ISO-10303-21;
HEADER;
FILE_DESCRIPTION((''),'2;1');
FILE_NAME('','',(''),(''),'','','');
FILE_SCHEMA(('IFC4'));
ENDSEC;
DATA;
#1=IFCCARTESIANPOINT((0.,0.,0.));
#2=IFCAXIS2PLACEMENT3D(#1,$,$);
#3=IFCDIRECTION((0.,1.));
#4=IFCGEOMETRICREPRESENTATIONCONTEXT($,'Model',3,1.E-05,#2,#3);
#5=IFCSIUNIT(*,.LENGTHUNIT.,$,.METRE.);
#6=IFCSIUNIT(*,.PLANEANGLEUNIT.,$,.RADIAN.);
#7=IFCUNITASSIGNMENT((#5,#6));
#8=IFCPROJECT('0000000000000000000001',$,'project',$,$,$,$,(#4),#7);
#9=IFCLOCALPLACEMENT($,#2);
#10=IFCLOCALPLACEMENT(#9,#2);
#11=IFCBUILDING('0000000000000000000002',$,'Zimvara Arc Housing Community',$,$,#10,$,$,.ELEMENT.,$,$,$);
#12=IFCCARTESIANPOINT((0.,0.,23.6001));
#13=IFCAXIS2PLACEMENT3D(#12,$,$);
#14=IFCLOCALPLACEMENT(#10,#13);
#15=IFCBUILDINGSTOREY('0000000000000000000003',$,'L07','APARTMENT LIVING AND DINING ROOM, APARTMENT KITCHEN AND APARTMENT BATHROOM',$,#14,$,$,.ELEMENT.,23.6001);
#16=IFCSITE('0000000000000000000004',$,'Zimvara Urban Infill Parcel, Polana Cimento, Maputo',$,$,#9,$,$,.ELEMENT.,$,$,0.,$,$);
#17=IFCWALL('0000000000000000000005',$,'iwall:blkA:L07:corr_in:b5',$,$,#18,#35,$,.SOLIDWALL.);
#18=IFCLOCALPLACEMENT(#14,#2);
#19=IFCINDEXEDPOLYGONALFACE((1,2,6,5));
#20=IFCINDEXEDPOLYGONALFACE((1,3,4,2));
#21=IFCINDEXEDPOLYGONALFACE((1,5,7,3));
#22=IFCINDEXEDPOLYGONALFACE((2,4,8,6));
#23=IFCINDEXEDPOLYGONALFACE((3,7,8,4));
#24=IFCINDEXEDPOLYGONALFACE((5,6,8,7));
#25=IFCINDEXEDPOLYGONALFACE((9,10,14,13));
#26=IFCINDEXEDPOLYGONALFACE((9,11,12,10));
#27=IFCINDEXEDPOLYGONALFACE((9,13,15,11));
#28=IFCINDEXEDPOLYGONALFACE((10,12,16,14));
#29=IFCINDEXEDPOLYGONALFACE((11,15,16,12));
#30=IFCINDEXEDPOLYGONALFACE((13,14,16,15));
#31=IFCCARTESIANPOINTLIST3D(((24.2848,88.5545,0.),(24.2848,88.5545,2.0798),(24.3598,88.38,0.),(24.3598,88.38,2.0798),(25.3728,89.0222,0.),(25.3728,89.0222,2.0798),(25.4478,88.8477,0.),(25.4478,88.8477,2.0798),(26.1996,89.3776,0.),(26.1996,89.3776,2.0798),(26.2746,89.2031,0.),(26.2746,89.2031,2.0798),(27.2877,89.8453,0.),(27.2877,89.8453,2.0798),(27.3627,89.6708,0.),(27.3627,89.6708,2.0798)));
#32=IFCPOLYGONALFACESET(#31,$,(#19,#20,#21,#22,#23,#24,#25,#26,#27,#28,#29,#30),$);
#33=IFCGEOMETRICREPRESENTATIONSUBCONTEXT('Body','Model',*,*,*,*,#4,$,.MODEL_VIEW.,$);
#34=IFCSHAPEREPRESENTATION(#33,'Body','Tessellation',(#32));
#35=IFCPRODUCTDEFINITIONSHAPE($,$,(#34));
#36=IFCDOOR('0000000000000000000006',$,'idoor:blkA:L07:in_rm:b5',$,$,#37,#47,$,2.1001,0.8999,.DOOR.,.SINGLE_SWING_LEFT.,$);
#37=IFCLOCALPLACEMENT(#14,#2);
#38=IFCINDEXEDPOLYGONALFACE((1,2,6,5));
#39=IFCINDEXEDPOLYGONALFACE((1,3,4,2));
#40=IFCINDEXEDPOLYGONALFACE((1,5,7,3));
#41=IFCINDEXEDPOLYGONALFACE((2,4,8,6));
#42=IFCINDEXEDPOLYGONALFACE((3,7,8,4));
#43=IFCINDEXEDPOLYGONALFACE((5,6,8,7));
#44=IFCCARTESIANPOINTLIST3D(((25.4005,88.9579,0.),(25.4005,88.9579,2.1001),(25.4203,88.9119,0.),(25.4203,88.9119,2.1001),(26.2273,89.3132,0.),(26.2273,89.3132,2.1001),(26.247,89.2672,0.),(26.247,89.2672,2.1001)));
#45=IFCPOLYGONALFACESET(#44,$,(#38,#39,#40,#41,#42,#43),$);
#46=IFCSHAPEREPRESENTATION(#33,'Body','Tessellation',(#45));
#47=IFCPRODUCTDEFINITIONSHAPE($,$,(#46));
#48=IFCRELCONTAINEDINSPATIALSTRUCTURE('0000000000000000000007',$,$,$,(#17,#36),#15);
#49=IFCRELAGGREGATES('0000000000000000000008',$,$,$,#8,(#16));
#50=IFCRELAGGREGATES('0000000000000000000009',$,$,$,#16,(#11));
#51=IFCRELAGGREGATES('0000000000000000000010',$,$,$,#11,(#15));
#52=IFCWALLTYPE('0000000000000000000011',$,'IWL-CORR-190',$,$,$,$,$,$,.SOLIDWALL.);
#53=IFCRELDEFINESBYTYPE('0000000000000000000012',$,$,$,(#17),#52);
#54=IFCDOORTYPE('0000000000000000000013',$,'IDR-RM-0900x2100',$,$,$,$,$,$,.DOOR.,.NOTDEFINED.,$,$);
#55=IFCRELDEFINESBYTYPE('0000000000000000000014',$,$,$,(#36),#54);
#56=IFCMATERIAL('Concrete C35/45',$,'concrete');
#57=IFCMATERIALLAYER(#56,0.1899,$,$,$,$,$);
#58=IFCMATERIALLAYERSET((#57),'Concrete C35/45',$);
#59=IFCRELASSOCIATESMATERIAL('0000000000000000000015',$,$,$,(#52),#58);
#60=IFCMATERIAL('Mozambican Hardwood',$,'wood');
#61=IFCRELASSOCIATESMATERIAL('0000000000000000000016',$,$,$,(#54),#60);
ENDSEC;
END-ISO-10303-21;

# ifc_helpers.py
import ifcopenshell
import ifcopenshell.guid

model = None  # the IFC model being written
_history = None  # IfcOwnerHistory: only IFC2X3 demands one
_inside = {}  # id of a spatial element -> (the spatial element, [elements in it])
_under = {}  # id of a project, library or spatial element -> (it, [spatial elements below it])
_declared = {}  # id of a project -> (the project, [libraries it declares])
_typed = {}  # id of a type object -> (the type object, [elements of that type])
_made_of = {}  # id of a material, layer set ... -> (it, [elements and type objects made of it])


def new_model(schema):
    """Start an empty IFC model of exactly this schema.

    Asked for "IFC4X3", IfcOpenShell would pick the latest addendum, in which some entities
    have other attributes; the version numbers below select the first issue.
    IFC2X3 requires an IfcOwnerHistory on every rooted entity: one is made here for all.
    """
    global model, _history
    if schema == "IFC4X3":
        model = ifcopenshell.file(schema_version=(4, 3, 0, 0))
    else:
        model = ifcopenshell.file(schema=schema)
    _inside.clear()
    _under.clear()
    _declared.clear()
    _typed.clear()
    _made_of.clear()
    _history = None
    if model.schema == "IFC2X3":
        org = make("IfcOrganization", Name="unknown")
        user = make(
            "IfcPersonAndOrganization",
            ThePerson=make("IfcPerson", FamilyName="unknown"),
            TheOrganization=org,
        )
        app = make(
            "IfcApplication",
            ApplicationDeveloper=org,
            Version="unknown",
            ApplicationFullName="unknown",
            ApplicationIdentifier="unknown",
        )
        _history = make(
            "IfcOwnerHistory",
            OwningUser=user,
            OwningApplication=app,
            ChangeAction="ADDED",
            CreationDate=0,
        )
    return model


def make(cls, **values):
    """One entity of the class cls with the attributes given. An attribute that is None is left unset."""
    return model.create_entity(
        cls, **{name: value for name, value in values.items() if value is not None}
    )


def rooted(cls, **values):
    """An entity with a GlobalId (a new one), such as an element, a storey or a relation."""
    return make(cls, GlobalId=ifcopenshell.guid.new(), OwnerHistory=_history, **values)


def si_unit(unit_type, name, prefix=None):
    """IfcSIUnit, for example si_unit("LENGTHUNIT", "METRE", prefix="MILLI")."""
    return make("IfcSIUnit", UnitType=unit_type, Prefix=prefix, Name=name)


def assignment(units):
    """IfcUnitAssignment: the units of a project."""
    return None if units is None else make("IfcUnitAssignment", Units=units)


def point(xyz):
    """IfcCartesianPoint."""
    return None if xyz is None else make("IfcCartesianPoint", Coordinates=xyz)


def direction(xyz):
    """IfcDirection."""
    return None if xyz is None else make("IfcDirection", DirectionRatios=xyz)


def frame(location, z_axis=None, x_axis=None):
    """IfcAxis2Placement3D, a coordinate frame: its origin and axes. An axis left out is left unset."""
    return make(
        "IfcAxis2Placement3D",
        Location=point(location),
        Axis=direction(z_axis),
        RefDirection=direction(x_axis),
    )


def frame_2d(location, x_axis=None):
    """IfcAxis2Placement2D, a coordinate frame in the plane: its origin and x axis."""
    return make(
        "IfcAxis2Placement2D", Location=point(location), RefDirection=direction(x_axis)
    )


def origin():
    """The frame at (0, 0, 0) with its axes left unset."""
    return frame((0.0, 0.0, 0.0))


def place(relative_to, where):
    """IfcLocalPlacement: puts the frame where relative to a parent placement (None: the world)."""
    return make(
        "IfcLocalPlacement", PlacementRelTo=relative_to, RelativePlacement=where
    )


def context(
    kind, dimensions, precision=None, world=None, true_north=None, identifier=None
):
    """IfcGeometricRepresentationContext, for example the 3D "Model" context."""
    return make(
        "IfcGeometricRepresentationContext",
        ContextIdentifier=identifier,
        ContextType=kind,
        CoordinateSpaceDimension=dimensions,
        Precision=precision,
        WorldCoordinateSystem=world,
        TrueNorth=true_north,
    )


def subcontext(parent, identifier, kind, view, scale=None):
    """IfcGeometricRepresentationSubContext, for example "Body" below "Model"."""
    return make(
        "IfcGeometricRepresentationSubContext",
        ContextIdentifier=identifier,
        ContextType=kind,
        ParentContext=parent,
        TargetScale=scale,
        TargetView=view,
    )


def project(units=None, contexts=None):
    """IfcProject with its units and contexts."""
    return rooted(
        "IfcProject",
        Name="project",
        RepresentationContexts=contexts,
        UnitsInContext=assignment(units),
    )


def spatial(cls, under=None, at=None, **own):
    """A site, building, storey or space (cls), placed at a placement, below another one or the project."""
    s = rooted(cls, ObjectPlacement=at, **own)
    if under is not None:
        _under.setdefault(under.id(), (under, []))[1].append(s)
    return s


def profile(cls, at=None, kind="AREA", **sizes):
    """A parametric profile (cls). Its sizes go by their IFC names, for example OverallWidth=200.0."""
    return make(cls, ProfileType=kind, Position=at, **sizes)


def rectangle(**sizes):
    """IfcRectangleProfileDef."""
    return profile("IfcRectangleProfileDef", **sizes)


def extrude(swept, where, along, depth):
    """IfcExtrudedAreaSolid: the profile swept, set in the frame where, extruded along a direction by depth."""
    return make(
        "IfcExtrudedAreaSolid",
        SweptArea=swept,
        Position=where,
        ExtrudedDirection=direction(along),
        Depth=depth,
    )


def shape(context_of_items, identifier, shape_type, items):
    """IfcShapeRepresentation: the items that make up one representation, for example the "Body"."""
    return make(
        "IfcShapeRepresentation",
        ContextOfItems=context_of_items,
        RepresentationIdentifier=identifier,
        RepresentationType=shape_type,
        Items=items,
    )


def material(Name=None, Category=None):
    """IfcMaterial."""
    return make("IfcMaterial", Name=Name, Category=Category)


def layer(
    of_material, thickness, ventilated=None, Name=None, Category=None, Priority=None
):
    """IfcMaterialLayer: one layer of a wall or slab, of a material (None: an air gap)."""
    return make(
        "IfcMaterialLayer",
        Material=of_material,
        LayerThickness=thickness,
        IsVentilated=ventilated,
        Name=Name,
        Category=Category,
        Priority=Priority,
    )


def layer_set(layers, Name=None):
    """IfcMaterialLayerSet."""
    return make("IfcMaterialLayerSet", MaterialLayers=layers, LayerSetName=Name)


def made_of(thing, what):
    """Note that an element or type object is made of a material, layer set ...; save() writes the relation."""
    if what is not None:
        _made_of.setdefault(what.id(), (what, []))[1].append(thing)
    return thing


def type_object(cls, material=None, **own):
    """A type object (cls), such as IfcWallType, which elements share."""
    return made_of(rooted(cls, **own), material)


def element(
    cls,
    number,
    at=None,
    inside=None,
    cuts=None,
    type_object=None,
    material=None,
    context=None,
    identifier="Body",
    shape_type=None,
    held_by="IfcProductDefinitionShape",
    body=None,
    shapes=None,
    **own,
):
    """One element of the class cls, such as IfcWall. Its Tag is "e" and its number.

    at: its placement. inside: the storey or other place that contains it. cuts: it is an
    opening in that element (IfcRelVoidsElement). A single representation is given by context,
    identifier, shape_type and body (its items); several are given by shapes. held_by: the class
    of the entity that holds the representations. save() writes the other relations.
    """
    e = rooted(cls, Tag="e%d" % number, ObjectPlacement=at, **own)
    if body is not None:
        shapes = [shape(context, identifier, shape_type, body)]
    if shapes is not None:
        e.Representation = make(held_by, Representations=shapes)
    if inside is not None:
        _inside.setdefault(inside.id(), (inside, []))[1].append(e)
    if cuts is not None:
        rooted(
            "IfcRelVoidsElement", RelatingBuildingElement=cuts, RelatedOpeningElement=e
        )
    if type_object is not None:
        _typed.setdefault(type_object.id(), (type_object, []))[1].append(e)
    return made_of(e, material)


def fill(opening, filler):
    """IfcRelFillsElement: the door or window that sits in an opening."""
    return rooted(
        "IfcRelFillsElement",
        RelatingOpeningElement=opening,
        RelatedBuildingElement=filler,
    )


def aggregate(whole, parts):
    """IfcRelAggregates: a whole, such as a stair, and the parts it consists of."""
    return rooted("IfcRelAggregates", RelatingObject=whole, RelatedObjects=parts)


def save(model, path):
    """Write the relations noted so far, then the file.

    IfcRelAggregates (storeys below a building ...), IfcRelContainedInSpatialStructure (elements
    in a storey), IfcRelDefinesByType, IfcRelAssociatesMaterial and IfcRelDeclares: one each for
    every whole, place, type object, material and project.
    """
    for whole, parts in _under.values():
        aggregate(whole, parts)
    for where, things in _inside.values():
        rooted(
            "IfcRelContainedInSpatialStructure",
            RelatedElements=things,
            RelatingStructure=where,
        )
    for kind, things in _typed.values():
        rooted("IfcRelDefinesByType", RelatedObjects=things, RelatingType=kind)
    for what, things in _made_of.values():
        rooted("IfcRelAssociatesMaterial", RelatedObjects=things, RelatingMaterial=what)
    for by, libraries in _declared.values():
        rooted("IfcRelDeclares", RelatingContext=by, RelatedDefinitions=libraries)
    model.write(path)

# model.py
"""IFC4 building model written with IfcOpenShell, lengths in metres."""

from ifc_helpers import new_model, si_unit, direction, frame, frame_2d, origin, place, context, subcontext, project, spatial, rectangle, extrude, material, layer, layer_set, type_object, element, fill, save


model = new_model("IFC4")

# Units and contexts
model_context = context("Model", 3, precision=1e-05, world=origin(), true_north=direction((0.0, 1.0)))
body_context = subcontext(model_context, "Body", "Model", "MODEL_VIEW")
ifc_project = project(units=[si_unit("LENGTHUNIT", "METRE"), si_unit("PLANEANGLEUNIT", "RADIAN")], contexts=[model_context])

# Site, building, storey
site_placement = place(None, origin())
site = spatial("IfcSite", under=ifc_project, at=site_placement, Name="Zimvara Urban Infill Parcel, Polana Cimento, Maputo", CompositionType="ELEMENT", RefElevation=0.0)
building_placement = place(site_placement, origin())
building = spatial("IfcBuilding", under=site, at=building_placement, Name="Zimvara Arc Housing Community", CompositionType="ELEMENT")
storey_placement = place(building_placement, frame((0.0, 0.0, 23.6001)))
storey = spatial("IfcBuildingStorey", under=building, at=storey_placement, Name="L07", Description="APARTMENT LIVING AND DINING ROOM, APARTMENT KITCHEN AND APARTMENT BATHROOM", CompositionType="ELEMENT", Elevation=23.6001)

# Wall, opening, door
ifc_material_1 = material(Name="Concrete C35/45", Category="concrete")
ifc_layer_1 = layer(ifc_material_1, 0.1899)
ifc_layer_set_1 = layer_set([ifc_layer_1], Name="Concrete C35/45")
wall_type = type_object("IfcWallType", Name="IWL-CORR-190", PredefinedType="SOLIDWALL", material=ifc_layer_set_1)
wall_placement = place(storey_placement, frame((24.3223, 88.4673, 0.0), z_axis=(0.0, 0.0, 1.0), x_axis=(0.918723, 0.394902, 0.0)))
wall = element("IfcWall", 1, at=wall_placement, inside=storey, type_object=wall_type, Name="iwall:blkA:L07:corr_in:b5", PredefinedType="SOLIDWALL", context=body_context, shape_type="SweptSolid", body=[
    extrude(rectangle(XDim=3.2686, YDim=0.1899, at=frame_2d((1.6343, 0.0))), origin(), (0.0, 0.0, 1.0), 2.0798),
])
opening_placement = place(wall_placement, frame((1.1843, 0.0, 0.0)))
opening = element("IfcOpeningElement", 2, at=opening_placement, cuts=wall, PredefinedType="OPENING", context=body_context, shape_type="SweptSolid", body=[
    extrude(rectangle(XDim=0.8999, YDim=2.1001, at=frame_2d((0.45, 1.05))), frame((0.0, 0.105, 0.0), z_axis=(0.0, -1.0, 0.0), x_axis=(1.0, 0.0, 0.0)), (0.0, 0.0, 1.0), 0.21),
])
ifc_material_2 = material(Name="Mozambican Hardwood", Category="wood")
door_type = type_object("IfcDoorType", Name="IDR-RM-0900x2100", OperationType="NOTDEFINED", PredefinedType="DOOR", material=ifc_material_2)
door_placement = place(opening_placement, origin())
door = element("IfcDoor", 3, at=door_placement, inside=storey, type_object=door_type, Name="idoor:blkA:L07:in_rm:b5", OperationType="SINGLE_SWING_LEFT", OverallHeight=2.1001, OverallWidth=0.8999, PredefinedType="DOOR", context=body_context, shape_type="SweptSolid", body=[
    extrude(rectangle(XDim=0.8999, YDim=2.1001, at=frame_2d((0.45, 1.05))), frame((0.0, 0.0249, 0.0), z_axis=(0.0, -1.0, 0.0), x_axis=(1.0, 0.0, 0.0)), (0.0, 0.0, 1.0), 0.05),
])
fill(opening, door)

save(model, "model.ifc")
